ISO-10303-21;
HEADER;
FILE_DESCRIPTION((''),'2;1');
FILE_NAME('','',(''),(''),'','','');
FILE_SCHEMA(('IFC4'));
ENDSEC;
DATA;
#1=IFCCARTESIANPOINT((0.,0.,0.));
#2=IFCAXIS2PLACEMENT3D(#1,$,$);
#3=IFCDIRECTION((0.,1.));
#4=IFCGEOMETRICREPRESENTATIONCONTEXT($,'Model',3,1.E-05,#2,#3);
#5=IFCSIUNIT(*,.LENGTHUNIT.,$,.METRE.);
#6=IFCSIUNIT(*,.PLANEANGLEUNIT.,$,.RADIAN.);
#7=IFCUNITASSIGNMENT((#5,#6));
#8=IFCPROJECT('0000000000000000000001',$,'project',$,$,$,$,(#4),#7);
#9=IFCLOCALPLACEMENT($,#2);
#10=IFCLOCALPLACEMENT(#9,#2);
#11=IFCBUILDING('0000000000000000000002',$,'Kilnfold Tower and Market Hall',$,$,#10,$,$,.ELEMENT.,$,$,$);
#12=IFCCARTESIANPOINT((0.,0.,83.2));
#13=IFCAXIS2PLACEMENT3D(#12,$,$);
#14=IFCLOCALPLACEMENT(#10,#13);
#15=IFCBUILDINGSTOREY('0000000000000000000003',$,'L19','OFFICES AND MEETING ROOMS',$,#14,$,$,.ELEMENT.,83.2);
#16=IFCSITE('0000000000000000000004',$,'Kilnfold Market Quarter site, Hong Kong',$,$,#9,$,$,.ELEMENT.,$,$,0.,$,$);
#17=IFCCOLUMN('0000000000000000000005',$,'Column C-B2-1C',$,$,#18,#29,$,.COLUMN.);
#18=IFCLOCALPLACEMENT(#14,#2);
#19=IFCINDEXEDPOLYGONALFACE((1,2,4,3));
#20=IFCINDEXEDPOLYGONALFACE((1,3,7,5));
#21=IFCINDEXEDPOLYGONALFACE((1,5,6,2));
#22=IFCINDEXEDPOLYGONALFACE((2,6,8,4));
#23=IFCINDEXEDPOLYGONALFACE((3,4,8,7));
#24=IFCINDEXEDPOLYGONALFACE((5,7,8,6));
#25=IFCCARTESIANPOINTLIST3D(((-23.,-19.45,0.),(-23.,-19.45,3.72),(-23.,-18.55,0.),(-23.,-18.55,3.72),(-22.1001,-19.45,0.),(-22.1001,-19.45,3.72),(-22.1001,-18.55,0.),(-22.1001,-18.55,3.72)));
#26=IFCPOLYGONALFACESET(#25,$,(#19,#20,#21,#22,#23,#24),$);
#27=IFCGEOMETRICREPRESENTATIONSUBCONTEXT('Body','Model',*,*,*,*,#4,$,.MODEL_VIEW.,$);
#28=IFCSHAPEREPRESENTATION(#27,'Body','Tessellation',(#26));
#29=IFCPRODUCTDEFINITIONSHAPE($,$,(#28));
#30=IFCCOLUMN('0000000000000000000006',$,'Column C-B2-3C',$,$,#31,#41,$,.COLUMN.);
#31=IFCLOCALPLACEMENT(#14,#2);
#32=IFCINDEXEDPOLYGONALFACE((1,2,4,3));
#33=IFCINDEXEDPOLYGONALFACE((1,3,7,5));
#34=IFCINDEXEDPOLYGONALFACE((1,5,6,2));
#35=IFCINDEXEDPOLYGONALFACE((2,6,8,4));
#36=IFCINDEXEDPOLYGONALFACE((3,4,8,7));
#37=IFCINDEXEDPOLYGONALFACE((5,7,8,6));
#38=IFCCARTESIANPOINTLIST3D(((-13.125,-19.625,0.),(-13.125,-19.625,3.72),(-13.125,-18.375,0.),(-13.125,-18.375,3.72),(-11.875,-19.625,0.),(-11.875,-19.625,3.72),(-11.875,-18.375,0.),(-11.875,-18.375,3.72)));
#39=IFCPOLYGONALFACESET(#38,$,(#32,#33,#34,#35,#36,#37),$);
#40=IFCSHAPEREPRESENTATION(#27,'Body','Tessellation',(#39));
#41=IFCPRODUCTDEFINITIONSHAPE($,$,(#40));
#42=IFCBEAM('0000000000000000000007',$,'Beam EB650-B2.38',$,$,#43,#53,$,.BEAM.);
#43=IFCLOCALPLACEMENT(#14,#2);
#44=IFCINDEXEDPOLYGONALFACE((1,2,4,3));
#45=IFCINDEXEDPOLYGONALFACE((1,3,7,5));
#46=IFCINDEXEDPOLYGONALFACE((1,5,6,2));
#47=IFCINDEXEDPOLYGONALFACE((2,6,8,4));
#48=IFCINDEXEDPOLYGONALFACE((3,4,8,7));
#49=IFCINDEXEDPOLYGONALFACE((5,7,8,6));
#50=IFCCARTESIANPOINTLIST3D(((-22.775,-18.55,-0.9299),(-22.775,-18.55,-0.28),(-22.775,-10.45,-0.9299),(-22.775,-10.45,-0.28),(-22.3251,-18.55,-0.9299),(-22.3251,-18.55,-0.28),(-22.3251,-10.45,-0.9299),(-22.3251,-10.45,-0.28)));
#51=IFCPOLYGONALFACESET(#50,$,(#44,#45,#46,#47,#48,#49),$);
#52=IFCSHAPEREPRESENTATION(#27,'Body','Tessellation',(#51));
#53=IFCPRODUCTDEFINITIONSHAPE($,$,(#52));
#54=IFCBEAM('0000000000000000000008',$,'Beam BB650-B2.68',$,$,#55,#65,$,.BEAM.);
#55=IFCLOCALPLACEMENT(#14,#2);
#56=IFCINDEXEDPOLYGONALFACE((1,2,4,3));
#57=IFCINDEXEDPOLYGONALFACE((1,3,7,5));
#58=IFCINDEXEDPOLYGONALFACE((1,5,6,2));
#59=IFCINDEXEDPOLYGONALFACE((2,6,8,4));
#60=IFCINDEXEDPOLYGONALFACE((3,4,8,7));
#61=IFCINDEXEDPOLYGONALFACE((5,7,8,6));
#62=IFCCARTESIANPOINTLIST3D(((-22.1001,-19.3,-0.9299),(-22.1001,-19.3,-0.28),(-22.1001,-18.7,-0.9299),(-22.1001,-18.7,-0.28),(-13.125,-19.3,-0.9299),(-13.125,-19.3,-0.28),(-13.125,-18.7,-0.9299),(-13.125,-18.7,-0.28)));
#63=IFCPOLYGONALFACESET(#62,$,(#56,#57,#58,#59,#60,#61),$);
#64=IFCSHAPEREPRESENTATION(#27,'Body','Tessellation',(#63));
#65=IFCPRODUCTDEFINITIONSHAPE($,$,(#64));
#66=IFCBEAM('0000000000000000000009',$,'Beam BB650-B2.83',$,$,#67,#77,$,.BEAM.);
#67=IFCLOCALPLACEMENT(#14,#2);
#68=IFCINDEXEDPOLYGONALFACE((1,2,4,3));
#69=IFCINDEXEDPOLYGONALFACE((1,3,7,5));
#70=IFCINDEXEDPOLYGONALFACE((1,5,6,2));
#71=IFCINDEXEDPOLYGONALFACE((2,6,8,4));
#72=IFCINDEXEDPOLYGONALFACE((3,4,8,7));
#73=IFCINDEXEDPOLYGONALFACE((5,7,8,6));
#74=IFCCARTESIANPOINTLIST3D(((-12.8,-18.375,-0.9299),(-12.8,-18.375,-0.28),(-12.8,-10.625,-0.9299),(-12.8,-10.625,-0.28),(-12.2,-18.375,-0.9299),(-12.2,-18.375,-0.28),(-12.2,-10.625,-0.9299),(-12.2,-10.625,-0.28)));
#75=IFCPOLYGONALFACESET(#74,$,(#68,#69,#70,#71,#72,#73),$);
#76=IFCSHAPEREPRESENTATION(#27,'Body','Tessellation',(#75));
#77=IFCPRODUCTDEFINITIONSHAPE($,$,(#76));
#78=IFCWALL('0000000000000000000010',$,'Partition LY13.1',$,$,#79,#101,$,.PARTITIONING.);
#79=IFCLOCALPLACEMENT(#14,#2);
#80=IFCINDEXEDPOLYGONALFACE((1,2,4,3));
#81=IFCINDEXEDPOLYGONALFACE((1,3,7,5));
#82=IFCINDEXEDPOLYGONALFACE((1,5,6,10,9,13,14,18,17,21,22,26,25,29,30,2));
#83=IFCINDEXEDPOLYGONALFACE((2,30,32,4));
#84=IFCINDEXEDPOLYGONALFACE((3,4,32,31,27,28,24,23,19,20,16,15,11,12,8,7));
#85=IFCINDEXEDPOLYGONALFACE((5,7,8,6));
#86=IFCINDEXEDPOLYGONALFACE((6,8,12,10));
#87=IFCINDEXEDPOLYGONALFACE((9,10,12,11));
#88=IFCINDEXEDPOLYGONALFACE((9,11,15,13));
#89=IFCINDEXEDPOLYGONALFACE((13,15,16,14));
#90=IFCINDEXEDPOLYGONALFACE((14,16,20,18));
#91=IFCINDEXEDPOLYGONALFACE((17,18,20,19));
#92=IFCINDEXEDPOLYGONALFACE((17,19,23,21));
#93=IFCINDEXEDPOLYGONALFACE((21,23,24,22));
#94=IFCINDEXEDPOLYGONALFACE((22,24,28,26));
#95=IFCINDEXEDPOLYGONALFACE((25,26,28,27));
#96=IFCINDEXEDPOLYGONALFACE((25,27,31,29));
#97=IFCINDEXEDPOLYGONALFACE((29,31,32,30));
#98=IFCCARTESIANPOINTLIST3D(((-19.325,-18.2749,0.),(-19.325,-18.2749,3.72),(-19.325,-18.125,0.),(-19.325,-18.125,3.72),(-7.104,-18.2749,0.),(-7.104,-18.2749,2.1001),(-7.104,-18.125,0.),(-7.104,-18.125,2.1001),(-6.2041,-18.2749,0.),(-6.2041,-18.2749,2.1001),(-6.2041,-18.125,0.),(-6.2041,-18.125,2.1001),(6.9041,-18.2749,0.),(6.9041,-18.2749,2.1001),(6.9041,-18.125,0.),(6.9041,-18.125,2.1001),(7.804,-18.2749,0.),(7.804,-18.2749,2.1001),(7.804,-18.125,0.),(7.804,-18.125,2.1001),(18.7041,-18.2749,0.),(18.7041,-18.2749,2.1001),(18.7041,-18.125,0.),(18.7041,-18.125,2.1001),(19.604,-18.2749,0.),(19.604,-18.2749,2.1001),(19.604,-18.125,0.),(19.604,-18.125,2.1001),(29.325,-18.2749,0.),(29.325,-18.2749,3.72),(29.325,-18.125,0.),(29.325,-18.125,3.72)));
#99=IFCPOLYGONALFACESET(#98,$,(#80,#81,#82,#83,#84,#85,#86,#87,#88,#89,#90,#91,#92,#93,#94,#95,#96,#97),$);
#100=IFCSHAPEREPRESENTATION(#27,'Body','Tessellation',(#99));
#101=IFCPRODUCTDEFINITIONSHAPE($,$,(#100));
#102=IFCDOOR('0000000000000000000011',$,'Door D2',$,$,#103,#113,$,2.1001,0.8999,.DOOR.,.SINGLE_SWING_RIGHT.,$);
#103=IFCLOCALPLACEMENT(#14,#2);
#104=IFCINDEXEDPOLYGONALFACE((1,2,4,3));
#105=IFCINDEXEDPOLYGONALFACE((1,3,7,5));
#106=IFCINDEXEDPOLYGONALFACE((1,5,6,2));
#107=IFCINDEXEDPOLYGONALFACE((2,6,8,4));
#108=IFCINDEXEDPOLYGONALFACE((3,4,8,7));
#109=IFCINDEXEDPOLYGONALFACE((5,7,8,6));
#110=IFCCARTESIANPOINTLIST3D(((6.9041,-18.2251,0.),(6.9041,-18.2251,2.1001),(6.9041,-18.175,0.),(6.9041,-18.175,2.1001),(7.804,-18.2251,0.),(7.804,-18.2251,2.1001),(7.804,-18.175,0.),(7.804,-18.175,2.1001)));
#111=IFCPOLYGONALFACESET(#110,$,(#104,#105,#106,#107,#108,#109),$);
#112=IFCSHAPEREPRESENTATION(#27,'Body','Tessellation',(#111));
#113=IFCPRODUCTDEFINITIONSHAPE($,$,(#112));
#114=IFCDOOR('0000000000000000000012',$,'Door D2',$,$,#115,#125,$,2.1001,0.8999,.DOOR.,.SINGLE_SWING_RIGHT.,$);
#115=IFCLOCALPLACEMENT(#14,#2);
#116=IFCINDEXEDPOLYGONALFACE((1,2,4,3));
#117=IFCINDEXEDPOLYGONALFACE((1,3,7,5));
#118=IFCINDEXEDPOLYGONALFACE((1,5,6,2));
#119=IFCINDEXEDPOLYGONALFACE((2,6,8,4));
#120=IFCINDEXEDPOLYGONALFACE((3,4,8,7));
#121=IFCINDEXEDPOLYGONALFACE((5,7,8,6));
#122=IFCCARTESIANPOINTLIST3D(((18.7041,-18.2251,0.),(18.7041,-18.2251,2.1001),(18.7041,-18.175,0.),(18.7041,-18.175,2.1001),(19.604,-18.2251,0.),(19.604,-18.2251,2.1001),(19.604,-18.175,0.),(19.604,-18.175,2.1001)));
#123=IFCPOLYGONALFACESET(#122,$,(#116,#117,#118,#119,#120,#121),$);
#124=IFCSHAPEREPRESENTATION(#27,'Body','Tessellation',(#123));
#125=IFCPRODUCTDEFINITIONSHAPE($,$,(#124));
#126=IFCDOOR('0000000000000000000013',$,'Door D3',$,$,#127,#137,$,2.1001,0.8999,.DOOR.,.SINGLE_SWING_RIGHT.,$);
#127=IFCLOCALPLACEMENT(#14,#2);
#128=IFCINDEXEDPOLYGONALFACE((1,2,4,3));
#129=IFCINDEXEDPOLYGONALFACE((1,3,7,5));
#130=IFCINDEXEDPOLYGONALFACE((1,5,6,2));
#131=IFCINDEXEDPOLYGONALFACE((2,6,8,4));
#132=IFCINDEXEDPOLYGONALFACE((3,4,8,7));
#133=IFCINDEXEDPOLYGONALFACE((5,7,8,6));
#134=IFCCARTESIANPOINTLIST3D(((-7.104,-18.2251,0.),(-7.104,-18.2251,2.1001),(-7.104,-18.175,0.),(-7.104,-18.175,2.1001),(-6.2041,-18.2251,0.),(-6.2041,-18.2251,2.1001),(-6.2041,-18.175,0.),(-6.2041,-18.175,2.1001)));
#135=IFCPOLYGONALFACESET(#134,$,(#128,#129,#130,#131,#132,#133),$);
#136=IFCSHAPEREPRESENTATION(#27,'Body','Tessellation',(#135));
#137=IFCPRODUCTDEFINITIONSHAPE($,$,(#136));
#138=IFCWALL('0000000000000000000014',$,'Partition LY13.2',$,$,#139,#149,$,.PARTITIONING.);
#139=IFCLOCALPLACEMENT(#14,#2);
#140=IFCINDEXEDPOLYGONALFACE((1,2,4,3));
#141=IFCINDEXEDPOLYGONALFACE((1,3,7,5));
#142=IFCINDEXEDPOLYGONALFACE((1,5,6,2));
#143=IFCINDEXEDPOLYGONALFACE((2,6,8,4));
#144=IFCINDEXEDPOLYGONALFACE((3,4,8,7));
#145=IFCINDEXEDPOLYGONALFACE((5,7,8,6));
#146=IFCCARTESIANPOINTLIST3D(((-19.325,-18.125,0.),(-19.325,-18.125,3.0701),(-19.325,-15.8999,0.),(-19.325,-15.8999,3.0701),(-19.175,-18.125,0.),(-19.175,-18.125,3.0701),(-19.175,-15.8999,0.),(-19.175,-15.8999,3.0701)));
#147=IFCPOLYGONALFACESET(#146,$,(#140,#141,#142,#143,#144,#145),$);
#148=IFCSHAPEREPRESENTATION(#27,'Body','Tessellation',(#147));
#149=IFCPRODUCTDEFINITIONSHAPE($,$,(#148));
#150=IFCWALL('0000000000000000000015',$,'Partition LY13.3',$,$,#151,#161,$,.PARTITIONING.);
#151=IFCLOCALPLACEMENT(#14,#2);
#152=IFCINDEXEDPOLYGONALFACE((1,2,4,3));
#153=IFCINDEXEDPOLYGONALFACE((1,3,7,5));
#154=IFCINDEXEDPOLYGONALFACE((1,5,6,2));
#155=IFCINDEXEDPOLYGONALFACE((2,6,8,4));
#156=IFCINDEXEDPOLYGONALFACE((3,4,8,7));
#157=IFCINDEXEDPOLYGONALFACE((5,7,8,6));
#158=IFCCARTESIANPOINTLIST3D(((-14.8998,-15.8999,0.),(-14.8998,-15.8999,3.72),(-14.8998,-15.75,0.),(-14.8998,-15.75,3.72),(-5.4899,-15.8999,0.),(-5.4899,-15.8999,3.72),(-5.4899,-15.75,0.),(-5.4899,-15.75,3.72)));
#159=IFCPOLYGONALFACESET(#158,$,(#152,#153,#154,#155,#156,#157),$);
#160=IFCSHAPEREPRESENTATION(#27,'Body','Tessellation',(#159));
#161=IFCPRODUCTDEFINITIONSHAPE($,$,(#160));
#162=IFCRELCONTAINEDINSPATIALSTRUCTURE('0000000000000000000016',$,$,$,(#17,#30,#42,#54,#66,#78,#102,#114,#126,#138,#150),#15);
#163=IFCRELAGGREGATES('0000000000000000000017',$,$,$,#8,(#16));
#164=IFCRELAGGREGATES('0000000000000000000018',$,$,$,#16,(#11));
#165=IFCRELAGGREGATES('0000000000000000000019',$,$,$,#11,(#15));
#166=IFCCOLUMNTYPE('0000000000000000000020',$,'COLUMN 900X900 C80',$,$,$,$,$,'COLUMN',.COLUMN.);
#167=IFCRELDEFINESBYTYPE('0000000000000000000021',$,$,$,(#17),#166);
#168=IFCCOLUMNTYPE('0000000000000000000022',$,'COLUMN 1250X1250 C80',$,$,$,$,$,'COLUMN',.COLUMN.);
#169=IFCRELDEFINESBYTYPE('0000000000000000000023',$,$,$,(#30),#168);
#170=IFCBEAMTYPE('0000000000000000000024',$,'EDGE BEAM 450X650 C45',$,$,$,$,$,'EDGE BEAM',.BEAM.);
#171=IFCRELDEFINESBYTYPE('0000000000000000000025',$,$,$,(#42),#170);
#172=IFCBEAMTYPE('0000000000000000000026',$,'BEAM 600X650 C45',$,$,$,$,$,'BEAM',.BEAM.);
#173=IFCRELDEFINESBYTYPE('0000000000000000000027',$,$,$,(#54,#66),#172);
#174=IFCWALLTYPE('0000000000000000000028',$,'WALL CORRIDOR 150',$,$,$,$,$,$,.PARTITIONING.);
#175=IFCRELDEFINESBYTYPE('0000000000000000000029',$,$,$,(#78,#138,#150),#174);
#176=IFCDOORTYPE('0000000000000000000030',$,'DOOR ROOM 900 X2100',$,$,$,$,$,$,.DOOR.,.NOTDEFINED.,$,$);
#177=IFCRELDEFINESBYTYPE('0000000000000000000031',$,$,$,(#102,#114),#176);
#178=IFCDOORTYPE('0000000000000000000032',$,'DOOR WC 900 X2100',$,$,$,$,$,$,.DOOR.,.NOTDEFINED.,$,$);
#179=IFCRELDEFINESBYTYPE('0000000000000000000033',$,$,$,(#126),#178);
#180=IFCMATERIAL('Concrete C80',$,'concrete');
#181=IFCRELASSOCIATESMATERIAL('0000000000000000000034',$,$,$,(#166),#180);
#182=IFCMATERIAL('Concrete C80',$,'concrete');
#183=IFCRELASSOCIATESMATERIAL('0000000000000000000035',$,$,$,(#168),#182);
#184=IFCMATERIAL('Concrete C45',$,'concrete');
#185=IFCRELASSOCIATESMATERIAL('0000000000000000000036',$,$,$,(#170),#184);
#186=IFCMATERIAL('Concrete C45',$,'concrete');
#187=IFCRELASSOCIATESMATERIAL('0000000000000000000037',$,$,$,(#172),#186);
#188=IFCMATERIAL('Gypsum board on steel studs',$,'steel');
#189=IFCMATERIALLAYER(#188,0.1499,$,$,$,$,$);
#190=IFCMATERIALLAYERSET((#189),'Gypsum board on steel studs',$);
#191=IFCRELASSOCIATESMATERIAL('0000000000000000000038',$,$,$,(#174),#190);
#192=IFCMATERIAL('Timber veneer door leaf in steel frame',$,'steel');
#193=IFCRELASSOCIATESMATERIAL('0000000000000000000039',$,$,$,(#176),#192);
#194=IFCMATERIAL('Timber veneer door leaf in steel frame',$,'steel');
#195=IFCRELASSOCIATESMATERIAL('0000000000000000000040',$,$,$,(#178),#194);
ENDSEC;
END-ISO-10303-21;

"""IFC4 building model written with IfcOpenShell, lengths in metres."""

from ifc_helpers import new_model, si_unit, direction, frame, frame_2d, origin, origin_2d, place, context, subcontext, project, spatial, rectangle, extrude, source, transform, mapped, material, layer, layer_set, material_profile, profile_set, type_object, element, fill, save


model = new_model("IFC4")

# Units and contexts
model_context = context("Model", 3, precision=1e-05, world=origin(), true_north=direction((0.0, 1.0)))
body_context = subcontext(model_context, "Body", "Model", "MODEL_VIEW")
ifc_project = project(units=[si_unit("LENGTHUNIT", "METRE"), si_unit("PLANEANGLEUNIT", "RADIAN")], contexts=[model_context])

# Site, building, storey
site_placement = place(None, origin())
site = spatial("IfcSite", under=ifc_project, at=site_placement, Name="Kilnfold Market Quarter site, Hong Kong", CompositionType="ELEMENT", RefElevation=0.0)
building_placement = place(site_placement, origin())
building = spatial("IfcBuilding", under=site, at=building_placement, Name="Kilnfold Tower and Market Hall", CompositionType="ELEMENT")
storey_placement = place(building_placement, frame((0.0, 0.0, 83.2)))
storey = spatial("IfcBuildingStorey", under=building, at=storey_placement, Name="L19", Description="OFFICES AND MEETING ROOMS", CompositionType="ELEMENT", Elevation=83.2)

# Columns
ifc_material_1 = material(Name="Concrete C80", Category="concrete")
ifc_material_profile_1 = material_profile(ifc_material_1, rectangle(XDim=0.8999, YDim=0.8999, at=origin_2d()), Name="RC 900x900")
ifc_profile_set_1 = profile_set([ifc_material_profile_1], Name="Concrete C80")
column_type_1 = type_object("IfcColumnType", Name="COLUMN 900X900 C80", ElementType="COLUMN", PredefinedType="COLUMN", material=ifc_profile_set_1)
shared_shape_1 = source(origin(), body_context, "Body", "SweptSolid", [
    extrude(rectangle(XDim=0.8999, YDim=0.8999, at=origin_2d()), origin(), (0.0, 0.0, 1.0), 3.72),
])
column_1_placement = place(storey_placement, frame((-22.55, -19.0, 0.0), z_axis=(0.0, 0.0, 1.0), x_axis=(1.0, 0.0, 0.0)))
element("IfcColumn", 1, at=column_1_placement, inside=storey, type_object=column_type_1, Name="Column C-B2-1C", PredefinedType="COLUMN", context=body_context, shape_type="MappedRepresentation", body=[
    mapped(shared_shape_1, transform((0.0, 0.0, 0.0))),
])
ifc_material_2 = material(Name="Concrete C80", Category="concrete")
ifc_material_profile_2 = material_profile(ifc_material_2, rectangle(XDim=1.25, YDim=1.25, at=origin_2d()), Name="RC 1250x1250")
ifc_profile_set_2 = profile_set([ifc_material_profile_2], Name="Concrete C80")
column_type_2 = type_object("IfcColumnType", Name="COLUMN 1250X1250 C80", ElementType="COLUMN", PredefinedType="COLUMN", material=ifc_profile_set_2)
shared_shape_2 = source(origin(), body_context, "Body", "SweptSolid", [
    extrude(rectangle(XDim=1.25, YDim=1.25, at=origin_2d()), origin(), (0.0, 0.0, 1.0), 3.72),
])
column_2_placement = place(storey_placement, frame((-12.5, -19.0, 0.0), z_axis=(0.0, 0.0, 1.0), x_axis=(1.0, 0.0, 0.0)))
element("IfcColumn", 2, at=column_2_placement, inside=storey, type_object=column_type_2, Name="Column C-B2-3C", PredefinedType="COLUMN", context=body_context, shape_type="MappedRepresentation", body=[
    mapped(shared_shape_2, transform((0.0, 0.0, 0.0))),
])

# Beams
ifc_material_3 = material(Name="Concrete C45", Category="concrete")
ifc_material_profile_3 = material_profile(ifc_material_3, rectangle(XDim=0.45, YDim=0.6499, at=origin_2d()), Name="RC 450x650")
ifc_profile_set_3 = profile_set([ifc_material_profile_3], Name="Concrete C45")
beam_type_1 = type_object("IfcBeamType", Name="EDGE BEAM 450X650 C45", ElementType="EDGE BEAM", PredefinedType="BEAM", material=ifc_profile_set_3)
shared_shape_3 = source(origin(), body_context, "Body", "SweptSolid", [
    extrude(rectangle(XDim=0.45, YDim=0.6499, at=origin_2d()), origin(), (0.0, 0.0, 1.0), 8.1001),
])
beam_1_placement = place(storey_placement, frame((-22.55, -18.55, -0.605), z_axis=(0.0, 1.0, 0.0), x_axis=(-1.0, 0.0, 0.0)))
element("IfcBeam", 3, at=beam_1_placement, inside=storey, type_object=beam_type_1, Name="Beam EB650-B2.38", PredefinedType="BEAM", context=body_context, shape_type="MappedRepresentation", body=[
    mapped(shared_shape_3, transform((0.0, 0.0, 0.0))),
])
ifc_material_4 = material(Name="Concrete C45", Category="concrete")
ifc_material_profile_4 = material_profile(ifc_material_4, rectangle(XDim=0.6001, YDim=0.6499, at=origin_2d()), Name="RC 600x650")
ifc_profile_set_4 = profile_set([ifc_material_profile_4], Name="Concrete C45")
beam_type_2 = type_object("IfcBeamType", Name="BEAM 600X650 C45", ElementType="BEAM", PredefinedType="BEAM", material=ifc_profile_set_4)
shared_shape_4 = source(origin(), body_context, "Body", "SweptSolid", [
    extrude(rectangle(XDim=0.6001, YDim=0.6499, at=origin_2d()), origin(), (0.0, 0.0, 1.0), 8.9751),
])
beam_2_placement = place(storey_placement, frame((-22.1001, -19.0, -0.605), z_axis=(1.0, 0.0, 0.0), x_axis=(0.0, 1.0, 0.0)))
element("IfcBeam", 4, at=beam_2_placement, inside=storey, type_object=beam_type_2, Name="Beam BB650-B2.68", PredefinedType="BEAM", context=body_context, shape_type="MappedRepresentation", body=[
    mapped(shared_shape_4, transform((0.0, 0.0, 0.0))),
])
shared_shape_5 = source(origin(), body_context, "Body", "SweptSolid", [
    extrude(rectangle(XDim=0.6001, YDim=0.6499, at=origin_2d()), origin(), (0.0, 0.0, 1.0), 7.75),
])
beam_3_placement = place(storey_placement, frame((-12.5, -18.375, -0.605), z_axis=(0.0, 1.0, 0.0), x_axis=(-1.0, 0.0, 0.0)))
element("IfcBeam", 5, at=beam_3_placement, inside=storey, type_object=beam_type_2, Name="Beam BB650-B2.83", PredefinedType="BEAM", context=body_context, shape_type="MappedRepresentation", body=[
    mapped(shared_shape_5, transform((0.0, 0.0, 0.0))),
])

# Wall, openings, doors
ifc_material_5 = material(Name="Gypsum board on steel studs", Category="steel")
ifc_layer_1 = layer(ifc_material_5, 0.1499)
ifc_layer_set_1 = layer_set([ifc_layer_1], Name="Gypsum board on steel studs")
wall_type_1 = type_object("IfcWallType", Name="WALL CORRIDOR 150", PredefinedType="PARTITIONING", material=ifc_layer_set_1)
wall_1_placement = place(storey_placement, frame((-19.325, -18.2, 0.0), z_axis=(0.0, 0.0, 1.0), x_axis=(1.0, 0.0, 0.0)))
wall_1 = element("IfcWall", 6, at=wall_1_placement, inside=storey, type_object=wall_type_1, Name="Partition LY13.1", PredefinedType="PARTITIONING", context=body_context, shape_type="SweptSolid", body=[
    extrude(rectangle(XDim=48.6499, YDim=0.1499, at=frame_2d((24.325, 0.0))), origin(), (0.0, 0.0, 1.0), 3.72),
])
opening_1_placement = place(wall_1_placement, frame((12.2209, 0.0, 0.0)))
opening_1 = element("IfcOpeningElement", 7, at=opening_1_placement, cuts=wall_1, PredefinedType="OPENING", context=body_context, shape_type="SweptSolid", body=[
    extrude(rectangle(XDim=0.8999, YDim=2.1001, at=frame_2d((0.45, 1.05))), frame((0.0, 0.085, 0.0), z_axis=(0.0, -1.0, 0.0), x_axis=(1.0, 0.0, 0.0)), (0.0, 0.0, 1.0), 0.1699),
])
opening_2_placement = place(wall_1_placement, frame((26.229, 0.0, 0.0)))
opening_2 = element("IfcOpeningElement", 8, at=opening_2_placement, cuts=wall_1, PredefinedType="OPENING", context=body_context, shape_type="SweptSolid", body=[
    extrude(rectangle(XDim=0.8999, YDim=2.1001, at=frame_2d((0.45, 1.05))), frame((0.0, 0.085, 0.0), z_axis=(0.0, -1.0, 0.0), x_axis=(1.0, 0.0, 0.0)), (0.0, 0.0, 1.0), 0.1699),
])
opening_3_placement = place(wall_1_placement, frame((38.0291, 0.0, 0.0)))
opening_3 = element("IfcOpeningElement", 9, at=opening_3_placement, cuts=wall_1, PredefinedType="OPENING", context=body_context, shape_type="SweptSolid", body=[
    extrude(rectangle(XDim=0.8999, YDim=2.1001, at=frame_2d((0.45, 1.05))), frame((0.0, 0.085, 0.0), z_axis=(0.0, -1.0, 0.0), x_axis=(1.0, 0.0, 0.0)), (0.0, 0.0, 1.0), 0.1699),
])
ifc_material_6 = material(Name="Timber veneer door leaf in steel frame", Category="steel")
door_type_1 = type_object("IfcDoorType", Name="DOOR ROOM 900 X2100", OperationType="NOTDEFINED", PredefinedType="DOOR", material=ifc_material_6)
door_1_placement = place(opening_2_placement, origin())
door_1 = element("IfcDoor", 10, at=door_1_placement, inside=storey, type_object=door_type_1, Name="Door D2", OperationType="SINGLE_SWING_RIGHT", OverallHeight=2.1001, OverallWidth=0.8999, PredefinedType="DOOR", context=body_context, shape_type="SweptSolid", body=[
    extrude(rectangle(XDim=0.8999, YDim=2.1001, at=frame_2d((0.45, 1.05))), frame((0.0, 0.0249, 0.0), z_axis=(0.0, -1.0, 0.0), x_axis=(1.0, 0.0, 0.0)), (0.0, 0.0, 1.0), 0.05),
])
fill(opening_2, door_1)
door_2_placement = place(opening_3_placement, origin())
door_2 = element("IfcDoor", 11, at=door_2_placement, inside=storey, type_object=door_type_1, Name="Door D2", OperationType="SINGLE_SWING_RIGHT", OverallHeight=2.1001, OverallWidth=0.8999, PredefinedType="DOOR", context=body_context, shape_type="SweptSolid", body=[
    extrude(rectangle(XDim=0.8999, YDim=2.1001, at=frame_2d((0.45, 1.05))), frame((0.0, 0.0249, 0.0), z_axis=(0.0, -1.0, 0.0), x_axis=(1.0, 0.0, 0.0)), (0.0, 0.0, 1.0), 0.05),
])
fill(opening_3, door_2)
ifc_material_7 = material(Name="Timber veneer door leaf in steel frame", Category="steel")
door_type_2 = type_object("IfcDoorType", Name="DOOR WC 900 X2100", OperationType="NOTDEFINED", PredefinedType="DOOR", material=ifc_material_7)
door_3_placement = place(opening_1_placement, origin())
door_3 = element("IfcDoor", 12, at=door_3_placement, inside=storey, type_object=door_type_2, Name="Door D3", OperationType="SINGLE_SWING_RIGHT", OverallHeight=2.1001, OverallWidth=0.8999, PredefinedType="DOOR", context=body_context, shape_type="SweptSolid", body=[
    extrude(rectangle(XDim=0.8999, YDim=2.1001, at=frame_2d((0.45, 1.05))), frame((0.0, 0.0249, 0.0), z_axis=(0.0, -1.0, 0.0), x_axis=(1.0, 0.0, 0.0)), (0.0, 0.0, 1.0), 0.05),
])
fill(opening_1, door_3)

# Walls
wall_2_placement = place(storey_placement, frame((-19.25, -18.125, 0.0), z_axis=(0.0, 0.0, 1.0), x_axis=(0.0, 1.0, 0.0)))
element("IfcWall", 13, at=wall_2_placement, inside=storey, type_object=wall_type_1, Name="Partition LY13.2", PredefinedType="PARTITIONING", context=body_context, shape_type="SweptSolid", body=[
    extrude(rectangle(XDim=2.2251, YDim=0.1499, at=frame_2d((1.1125, 0.0))), origin(), (0.0, 0.0, 1.0), 3.0701),
])
wall_3_placement = place(storey_placement, frame((-14.8999, -15.825, 0.0), z_axis=(0.0, 0.0, 1.0), x_axis=(1.0, 0.0, 0.0)))
element("IfcWall", 14, at=wall_3_placement, inside=storey, type_object=wall_type_1, Name="Partition LY13.3", PredefinedType="PARTITIONING", context=body_context, shape_type="SweptSolid", body=[
    extrude(rectangle(XDim=9.4099, YDim=0.1499, at=frame_2d((4.7051, 0.0))), origin(), (0.0, 0.0, 1.0), 3.72),
])

save(model, "model.ifc")
